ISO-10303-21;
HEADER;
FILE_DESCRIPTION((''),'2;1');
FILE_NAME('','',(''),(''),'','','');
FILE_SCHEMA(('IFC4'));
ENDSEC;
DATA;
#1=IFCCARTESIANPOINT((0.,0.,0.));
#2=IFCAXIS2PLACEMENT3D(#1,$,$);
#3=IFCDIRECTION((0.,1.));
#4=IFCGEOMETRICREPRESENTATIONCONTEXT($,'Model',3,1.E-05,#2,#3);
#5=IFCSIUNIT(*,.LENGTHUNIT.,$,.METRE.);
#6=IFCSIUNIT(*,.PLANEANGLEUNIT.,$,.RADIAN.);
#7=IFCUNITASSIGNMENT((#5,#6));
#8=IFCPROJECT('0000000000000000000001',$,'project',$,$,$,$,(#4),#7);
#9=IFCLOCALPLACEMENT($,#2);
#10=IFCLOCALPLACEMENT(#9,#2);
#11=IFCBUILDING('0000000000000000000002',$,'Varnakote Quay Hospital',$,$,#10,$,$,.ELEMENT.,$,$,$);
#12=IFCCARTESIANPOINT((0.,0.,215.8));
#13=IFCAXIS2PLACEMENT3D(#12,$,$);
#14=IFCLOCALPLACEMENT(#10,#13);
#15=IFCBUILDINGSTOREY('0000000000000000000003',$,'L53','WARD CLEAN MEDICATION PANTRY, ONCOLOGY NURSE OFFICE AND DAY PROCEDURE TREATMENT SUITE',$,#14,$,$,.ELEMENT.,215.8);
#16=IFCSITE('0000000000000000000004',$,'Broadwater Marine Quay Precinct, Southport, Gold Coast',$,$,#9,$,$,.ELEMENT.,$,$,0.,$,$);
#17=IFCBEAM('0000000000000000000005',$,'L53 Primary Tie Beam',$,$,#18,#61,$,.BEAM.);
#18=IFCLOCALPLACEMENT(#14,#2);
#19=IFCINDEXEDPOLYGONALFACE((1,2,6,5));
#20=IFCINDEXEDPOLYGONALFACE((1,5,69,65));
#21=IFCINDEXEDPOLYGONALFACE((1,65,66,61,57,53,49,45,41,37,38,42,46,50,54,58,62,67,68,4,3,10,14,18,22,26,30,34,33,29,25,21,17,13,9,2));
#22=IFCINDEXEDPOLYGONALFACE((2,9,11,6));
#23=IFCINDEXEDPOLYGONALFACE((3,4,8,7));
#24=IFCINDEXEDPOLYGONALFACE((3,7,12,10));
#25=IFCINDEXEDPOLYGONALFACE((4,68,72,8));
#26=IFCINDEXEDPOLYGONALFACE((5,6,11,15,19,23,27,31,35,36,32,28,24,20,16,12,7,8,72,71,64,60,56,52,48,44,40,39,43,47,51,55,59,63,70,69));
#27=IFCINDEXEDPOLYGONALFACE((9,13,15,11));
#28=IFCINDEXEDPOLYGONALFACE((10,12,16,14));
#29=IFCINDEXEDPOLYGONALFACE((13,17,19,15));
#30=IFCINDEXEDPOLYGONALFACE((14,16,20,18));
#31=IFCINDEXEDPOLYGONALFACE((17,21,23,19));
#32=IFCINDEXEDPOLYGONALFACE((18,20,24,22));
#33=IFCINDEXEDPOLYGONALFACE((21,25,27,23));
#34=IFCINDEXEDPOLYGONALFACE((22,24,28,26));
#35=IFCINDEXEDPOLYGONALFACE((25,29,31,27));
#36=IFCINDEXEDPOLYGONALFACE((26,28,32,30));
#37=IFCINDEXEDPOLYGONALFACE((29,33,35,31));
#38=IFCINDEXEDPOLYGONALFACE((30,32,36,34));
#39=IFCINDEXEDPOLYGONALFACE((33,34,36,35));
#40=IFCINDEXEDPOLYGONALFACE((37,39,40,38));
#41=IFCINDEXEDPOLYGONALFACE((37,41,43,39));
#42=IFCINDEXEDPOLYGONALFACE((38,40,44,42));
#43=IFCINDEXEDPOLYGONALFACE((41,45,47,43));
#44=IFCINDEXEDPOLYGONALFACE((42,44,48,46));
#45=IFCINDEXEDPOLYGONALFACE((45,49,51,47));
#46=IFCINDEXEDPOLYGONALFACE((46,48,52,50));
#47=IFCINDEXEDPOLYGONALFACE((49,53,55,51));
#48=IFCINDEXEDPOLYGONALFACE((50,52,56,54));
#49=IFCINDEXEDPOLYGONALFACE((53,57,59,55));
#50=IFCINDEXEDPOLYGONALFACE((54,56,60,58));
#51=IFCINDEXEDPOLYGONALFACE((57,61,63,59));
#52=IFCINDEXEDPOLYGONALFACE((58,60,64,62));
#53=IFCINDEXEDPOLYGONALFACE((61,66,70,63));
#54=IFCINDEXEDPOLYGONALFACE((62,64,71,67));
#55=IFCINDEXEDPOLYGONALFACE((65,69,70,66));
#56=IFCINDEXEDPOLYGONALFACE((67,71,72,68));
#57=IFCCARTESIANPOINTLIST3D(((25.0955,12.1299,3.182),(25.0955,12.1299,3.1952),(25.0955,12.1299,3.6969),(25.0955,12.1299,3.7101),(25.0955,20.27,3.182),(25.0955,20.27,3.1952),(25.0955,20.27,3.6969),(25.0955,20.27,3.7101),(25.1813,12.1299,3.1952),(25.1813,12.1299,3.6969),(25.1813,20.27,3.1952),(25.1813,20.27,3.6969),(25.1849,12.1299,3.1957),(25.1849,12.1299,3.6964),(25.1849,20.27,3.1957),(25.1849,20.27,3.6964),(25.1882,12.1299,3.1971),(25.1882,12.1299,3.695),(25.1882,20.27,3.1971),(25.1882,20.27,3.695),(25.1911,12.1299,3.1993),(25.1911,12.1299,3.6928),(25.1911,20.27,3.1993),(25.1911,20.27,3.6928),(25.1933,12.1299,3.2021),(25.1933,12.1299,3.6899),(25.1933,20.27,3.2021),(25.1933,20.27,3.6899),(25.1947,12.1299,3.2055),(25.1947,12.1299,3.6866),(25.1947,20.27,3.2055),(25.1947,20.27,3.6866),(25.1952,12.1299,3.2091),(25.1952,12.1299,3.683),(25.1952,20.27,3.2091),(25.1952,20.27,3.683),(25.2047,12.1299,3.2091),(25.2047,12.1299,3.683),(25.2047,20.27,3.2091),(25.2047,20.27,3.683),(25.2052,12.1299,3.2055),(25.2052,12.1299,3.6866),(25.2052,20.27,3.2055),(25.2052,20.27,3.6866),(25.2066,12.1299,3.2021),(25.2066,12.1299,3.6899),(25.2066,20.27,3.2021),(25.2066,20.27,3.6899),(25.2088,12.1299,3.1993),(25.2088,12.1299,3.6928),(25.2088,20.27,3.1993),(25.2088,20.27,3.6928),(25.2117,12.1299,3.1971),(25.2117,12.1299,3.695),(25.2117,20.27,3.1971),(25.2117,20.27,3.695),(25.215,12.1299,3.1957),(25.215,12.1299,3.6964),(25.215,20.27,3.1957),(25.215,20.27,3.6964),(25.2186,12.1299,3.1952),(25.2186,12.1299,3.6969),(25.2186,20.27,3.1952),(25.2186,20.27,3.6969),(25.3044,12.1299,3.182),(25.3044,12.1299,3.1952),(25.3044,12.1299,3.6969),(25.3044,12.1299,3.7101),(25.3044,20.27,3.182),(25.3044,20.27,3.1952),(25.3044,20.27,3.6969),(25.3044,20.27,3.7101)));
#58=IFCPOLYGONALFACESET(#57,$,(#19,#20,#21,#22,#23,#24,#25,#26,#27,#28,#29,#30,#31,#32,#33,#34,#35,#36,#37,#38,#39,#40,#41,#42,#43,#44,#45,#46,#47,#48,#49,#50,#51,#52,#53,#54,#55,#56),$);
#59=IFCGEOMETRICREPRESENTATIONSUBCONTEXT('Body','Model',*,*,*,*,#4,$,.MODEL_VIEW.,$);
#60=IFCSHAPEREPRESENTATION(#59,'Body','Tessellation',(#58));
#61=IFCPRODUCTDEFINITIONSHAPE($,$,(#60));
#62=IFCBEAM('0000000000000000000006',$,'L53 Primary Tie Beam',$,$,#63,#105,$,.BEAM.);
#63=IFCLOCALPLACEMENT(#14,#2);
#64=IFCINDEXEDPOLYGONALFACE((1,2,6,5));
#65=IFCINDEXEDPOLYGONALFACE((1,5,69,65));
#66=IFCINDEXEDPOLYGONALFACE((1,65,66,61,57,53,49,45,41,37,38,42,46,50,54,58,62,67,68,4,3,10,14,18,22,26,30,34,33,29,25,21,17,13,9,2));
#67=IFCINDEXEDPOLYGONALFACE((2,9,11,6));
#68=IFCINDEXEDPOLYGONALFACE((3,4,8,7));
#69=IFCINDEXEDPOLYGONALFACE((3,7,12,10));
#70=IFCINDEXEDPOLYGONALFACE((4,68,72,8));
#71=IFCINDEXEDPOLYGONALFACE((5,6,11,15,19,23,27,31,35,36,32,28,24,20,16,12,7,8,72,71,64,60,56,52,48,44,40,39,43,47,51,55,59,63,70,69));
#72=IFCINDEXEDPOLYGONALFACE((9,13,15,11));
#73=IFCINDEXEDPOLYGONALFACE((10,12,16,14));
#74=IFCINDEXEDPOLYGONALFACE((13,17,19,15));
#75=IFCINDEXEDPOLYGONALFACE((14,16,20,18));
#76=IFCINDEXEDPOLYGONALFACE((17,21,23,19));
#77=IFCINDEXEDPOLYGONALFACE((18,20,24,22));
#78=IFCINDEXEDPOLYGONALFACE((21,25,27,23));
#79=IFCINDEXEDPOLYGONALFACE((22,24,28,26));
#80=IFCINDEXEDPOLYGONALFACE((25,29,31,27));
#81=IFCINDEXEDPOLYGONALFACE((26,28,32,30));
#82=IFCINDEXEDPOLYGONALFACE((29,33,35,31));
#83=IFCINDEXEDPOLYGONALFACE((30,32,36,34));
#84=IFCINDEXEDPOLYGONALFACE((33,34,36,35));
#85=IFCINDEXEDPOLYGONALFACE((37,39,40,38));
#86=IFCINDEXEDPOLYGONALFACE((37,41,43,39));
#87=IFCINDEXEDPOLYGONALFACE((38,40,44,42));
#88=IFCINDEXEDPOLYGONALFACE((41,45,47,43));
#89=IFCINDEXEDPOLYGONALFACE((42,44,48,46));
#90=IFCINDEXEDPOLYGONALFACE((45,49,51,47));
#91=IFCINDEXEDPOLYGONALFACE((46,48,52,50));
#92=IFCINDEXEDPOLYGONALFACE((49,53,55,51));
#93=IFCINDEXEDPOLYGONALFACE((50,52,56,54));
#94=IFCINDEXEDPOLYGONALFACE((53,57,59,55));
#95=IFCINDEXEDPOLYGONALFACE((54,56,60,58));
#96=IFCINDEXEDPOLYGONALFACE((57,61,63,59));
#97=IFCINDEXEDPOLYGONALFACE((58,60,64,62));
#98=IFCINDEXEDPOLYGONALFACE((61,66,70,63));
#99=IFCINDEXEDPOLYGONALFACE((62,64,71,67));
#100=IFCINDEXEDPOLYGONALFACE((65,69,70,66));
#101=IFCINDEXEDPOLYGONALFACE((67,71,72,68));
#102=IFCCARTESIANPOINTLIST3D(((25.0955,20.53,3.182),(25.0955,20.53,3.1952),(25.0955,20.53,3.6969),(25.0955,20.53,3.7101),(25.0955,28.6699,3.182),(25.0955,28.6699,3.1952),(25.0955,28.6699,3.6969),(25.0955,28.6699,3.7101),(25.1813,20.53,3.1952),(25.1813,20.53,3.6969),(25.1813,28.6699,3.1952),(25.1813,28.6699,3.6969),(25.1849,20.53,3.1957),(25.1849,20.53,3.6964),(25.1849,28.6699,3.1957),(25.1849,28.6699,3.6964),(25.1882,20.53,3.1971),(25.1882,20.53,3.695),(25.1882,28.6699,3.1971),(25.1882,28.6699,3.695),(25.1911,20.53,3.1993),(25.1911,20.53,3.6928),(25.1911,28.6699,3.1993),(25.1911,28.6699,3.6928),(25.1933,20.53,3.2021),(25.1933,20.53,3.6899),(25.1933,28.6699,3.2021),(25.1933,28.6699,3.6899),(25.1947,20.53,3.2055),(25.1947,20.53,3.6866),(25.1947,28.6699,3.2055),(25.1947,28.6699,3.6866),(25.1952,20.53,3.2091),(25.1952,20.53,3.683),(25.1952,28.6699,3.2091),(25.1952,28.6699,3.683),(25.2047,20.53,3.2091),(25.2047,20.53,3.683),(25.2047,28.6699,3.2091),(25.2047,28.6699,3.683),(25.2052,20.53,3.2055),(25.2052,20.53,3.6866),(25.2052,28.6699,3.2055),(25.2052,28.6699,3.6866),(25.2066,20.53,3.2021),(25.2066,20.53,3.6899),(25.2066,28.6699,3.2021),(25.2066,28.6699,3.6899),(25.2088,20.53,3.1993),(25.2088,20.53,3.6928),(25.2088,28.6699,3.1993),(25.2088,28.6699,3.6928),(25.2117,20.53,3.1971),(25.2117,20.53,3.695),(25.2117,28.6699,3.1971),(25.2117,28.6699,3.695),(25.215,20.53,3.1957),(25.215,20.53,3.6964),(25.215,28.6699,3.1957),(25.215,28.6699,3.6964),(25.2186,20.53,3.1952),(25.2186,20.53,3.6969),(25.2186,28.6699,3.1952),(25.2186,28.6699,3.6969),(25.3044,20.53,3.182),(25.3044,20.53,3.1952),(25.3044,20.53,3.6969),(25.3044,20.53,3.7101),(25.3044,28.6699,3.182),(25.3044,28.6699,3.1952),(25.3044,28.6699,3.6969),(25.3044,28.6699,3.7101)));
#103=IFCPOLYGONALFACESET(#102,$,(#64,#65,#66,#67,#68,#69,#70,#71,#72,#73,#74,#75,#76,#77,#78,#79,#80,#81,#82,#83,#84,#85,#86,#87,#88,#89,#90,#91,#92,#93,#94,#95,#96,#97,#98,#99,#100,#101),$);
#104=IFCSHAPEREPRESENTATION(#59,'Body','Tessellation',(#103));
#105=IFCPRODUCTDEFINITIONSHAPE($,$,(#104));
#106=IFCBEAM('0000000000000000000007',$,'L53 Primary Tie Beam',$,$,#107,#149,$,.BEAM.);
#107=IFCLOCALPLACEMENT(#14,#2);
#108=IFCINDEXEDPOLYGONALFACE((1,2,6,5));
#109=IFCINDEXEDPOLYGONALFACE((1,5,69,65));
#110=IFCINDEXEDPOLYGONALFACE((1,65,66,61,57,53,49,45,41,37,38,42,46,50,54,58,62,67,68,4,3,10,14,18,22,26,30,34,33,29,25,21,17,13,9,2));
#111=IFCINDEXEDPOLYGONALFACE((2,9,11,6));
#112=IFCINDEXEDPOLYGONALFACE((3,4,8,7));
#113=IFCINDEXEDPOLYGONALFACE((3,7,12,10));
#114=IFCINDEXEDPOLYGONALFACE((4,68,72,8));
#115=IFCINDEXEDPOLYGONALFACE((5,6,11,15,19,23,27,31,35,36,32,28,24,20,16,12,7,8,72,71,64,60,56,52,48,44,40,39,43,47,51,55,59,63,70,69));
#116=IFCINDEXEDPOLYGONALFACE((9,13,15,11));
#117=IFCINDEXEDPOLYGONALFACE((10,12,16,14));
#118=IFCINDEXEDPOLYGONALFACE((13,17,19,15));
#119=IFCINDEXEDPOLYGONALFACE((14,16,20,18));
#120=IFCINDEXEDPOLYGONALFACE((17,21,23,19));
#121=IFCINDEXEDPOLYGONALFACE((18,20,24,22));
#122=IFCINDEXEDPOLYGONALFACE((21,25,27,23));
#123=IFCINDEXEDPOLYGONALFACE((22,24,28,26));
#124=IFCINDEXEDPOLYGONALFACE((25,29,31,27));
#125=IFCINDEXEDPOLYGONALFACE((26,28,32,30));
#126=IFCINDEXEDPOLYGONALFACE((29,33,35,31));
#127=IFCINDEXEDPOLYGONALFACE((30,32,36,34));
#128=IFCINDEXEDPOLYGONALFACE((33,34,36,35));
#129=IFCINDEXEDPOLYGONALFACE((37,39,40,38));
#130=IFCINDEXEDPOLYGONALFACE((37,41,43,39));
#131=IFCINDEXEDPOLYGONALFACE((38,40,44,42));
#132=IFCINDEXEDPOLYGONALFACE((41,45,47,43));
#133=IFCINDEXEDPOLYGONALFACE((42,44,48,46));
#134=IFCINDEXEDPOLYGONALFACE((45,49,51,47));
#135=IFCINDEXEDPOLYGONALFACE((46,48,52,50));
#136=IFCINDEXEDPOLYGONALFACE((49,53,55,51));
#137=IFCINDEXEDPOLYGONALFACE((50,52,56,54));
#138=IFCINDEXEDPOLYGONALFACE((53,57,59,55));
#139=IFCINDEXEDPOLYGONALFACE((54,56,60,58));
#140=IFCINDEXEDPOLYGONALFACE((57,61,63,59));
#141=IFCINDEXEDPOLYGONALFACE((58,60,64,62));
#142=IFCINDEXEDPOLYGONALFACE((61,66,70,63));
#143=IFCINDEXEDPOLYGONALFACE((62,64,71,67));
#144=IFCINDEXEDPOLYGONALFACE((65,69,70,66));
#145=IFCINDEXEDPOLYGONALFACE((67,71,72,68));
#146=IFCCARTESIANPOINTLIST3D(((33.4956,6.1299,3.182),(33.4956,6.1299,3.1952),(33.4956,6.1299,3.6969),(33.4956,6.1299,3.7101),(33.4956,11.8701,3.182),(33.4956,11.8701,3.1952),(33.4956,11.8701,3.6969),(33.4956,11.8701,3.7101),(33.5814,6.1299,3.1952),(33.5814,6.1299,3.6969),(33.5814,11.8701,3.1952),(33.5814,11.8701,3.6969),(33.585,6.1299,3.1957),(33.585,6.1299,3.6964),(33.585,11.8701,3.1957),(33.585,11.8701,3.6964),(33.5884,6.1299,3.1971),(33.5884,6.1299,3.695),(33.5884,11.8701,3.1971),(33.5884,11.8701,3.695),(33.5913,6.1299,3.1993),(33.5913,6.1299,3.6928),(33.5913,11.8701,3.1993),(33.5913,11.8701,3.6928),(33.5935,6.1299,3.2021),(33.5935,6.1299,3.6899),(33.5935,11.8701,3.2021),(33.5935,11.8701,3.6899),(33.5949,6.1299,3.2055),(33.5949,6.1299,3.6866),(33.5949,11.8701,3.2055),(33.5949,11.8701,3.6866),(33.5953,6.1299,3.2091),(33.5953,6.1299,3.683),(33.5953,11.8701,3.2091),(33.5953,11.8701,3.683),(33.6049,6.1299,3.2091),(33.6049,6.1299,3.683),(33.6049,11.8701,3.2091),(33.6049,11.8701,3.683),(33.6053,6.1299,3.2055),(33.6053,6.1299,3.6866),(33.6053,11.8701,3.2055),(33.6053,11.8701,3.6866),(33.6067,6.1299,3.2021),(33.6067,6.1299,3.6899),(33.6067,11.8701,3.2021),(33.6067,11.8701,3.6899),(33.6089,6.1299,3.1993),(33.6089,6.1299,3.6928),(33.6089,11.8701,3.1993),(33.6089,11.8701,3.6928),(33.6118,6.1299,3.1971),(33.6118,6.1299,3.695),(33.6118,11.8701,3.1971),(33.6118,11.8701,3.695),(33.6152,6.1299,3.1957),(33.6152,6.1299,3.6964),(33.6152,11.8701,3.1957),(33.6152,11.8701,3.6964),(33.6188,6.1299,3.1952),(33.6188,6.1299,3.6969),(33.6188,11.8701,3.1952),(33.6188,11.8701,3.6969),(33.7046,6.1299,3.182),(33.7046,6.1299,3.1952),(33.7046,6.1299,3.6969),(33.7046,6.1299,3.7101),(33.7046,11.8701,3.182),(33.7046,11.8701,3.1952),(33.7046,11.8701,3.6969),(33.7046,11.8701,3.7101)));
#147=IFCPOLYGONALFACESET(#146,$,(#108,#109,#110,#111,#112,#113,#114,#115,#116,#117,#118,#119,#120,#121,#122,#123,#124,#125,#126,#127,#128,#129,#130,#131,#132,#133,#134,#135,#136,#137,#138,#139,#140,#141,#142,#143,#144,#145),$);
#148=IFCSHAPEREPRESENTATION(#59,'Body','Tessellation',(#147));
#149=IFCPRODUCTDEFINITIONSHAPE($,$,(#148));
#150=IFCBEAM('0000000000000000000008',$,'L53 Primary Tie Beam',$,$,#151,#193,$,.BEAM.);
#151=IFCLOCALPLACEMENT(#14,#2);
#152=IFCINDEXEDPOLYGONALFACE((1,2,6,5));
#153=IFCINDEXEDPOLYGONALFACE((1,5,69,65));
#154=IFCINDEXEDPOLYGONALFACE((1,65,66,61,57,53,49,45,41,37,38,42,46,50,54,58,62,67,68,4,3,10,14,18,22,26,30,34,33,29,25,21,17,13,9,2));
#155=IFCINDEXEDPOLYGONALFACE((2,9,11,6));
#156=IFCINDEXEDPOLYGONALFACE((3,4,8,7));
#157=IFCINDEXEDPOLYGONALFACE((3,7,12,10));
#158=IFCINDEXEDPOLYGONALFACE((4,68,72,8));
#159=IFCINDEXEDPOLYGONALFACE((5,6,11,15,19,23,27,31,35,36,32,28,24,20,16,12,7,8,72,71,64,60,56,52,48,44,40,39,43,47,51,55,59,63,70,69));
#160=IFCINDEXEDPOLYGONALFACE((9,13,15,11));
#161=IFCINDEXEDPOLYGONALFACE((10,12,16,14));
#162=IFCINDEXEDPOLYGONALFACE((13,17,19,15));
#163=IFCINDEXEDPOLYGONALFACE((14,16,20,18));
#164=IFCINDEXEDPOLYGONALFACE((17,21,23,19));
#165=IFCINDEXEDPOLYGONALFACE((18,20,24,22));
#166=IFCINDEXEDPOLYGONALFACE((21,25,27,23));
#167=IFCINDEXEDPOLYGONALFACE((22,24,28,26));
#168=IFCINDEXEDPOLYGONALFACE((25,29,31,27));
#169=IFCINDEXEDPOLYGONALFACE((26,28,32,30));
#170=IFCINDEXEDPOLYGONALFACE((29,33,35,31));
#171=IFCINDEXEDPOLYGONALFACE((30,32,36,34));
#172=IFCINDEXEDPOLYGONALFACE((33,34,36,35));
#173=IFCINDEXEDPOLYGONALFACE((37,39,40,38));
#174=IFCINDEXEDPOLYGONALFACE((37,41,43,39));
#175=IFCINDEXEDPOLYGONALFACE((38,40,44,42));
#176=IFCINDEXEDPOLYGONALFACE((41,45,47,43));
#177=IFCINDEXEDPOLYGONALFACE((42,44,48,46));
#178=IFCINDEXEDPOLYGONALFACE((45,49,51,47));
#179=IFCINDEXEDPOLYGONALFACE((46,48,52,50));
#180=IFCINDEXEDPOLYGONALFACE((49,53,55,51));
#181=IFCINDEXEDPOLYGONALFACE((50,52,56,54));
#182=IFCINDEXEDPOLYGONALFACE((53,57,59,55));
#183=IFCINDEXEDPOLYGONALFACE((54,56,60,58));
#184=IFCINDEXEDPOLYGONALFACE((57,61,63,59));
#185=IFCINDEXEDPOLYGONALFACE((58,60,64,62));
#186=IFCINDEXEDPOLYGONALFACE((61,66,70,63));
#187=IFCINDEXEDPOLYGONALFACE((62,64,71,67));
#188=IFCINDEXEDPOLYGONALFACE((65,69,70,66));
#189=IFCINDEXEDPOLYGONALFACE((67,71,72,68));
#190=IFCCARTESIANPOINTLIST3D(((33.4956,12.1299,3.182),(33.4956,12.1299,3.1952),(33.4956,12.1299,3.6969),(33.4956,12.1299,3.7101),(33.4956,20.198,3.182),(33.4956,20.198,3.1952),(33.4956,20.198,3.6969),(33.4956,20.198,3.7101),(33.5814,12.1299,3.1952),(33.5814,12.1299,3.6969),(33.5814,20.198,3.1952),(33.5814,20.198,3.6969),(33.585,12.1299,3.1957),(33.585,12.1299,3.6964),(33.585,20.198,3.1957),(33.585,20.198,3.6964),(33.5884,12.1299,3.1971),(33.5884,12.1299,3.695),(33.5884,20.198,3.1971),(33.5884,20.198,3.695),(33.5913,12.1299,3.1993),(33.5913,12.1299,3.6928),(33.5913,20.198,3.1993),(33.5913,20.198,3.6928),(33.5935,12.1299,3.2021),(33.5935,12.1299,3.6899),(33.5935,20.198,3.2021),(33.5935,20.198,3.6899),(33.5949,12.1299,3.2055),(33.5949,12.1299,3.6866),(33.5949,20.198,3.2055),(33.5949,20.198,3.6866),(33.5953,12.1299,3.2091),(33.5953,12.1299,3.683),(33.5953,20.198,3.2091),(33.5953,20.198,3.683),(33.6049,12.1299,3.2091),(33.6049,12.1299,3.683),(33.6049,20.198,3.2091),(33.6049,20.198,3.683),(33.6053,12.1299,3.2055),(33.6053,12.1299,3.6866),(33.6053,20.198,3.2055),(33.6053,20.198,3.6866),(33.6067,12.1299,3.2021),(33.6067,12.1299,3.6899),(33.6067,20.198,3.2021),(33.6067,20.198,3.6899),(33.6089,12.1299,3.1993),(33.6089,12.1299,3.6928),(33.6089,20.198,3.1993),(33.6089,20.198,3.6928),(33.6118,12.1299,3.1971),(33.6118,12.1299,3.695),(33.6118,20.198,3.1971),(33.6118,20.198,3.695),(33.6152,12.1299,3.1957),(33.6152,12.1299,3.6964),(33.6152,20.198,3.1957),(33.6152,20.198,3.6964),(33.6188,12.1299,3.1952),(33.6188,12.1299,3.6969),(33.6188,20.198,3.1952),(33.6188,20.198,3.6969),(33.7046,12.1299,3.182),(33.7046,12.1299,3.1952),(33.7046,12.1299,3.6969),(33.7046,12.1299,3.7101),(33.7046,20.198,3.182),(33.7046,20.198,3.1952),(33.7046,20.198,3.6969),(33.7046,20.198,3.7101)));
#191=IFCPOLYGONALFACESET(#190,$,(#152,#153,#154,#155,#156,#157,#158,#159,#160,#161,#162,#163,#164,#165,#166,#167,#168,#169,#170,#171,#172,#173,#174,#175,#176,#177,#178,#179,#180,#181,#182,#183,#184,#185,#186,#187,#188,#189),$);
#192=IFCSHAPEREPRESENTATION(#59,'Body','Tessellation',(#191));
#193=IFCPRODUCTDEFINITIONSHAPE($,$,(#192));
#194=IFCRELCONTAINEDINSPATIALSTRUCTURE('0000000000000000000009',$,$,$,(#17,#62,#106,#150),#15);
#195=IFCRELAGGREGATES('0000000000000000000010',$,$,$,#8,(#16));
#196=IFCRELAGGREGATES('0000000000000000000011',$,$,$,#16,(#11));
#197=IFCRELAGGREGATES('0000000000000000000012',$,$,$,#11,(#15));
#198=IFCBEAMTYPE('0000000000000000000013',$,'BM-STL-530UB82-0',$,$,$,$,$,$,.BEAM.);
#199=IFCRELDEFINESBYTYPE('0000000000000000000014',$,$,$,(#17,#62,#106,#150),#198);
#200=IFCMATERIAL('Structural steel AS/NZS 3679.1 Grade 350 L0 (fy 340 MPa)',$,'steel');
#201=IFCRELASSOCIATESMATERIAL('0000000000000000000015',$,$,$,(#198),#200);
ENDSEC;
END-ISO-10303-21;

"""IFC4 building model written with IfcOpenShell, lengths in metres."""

from ifc_helpers import new_model, si_unit, direction, frame, origin, origin_2d, place, context, subcontext, project, spatial, i_section, extrude, material, material_profile, profile_set, type_object, element, save


model = new_model("IFC4")

# Units and contexts
model_context = context("Model", 3, precision=1e-05, world=origin(), true_north=direction((0.0, 1.0)))
body_context = subcontext(model_context, "Body", "Model", "MODEL_VIEW")
ifc_project = project(units=[si_unit("LENGTHUNIT", "METRE"), si_unit("PLANEANGLEUNIT", "RADIAN")], contexts=[model_context])

# Site, building, storey
site_placement = place(None, origin())
site = spatial("IfcSite", under=ifc_project, at=site_placement, Name="Broadwater Marine Quay Precinct, Southport, Gold Coast", CompositionType="ELEMENT", RefElevation=0.0)
building_placement = place(site_placement, origin())
building = spatial("IfcBuilding", under=site, at=building_placement, Name="Varnakote Quay Hospital", CompositionType="ELEMENT")
storey_placement = place(building_placement, frame((0.0, 0.0, 215.8)))
storey = spatial("IfcBuildingStorey", under=building, at=storey_placement, Name="L53", Description="WARD CLEAN MEDICATION PANTRY, ONCOLOGY NURSE OFFICE AND DAY PROCEDURE TREATMENT SUITE", CompositionType="ELEMENT", Elevation=215.8)

# Beams
ifc_material_1 = material(Name="Structural steel AS/NZS 3679.1 Grade 350 L0 (fy 340 MPa)", Category="steel")
ifc_material_profile_1 = material_profile(ifc_material_1, i_section(OverallWidth=0.209, OverallDepth=0.5281, WebThickness=0.0095, FlangeThickness=0.0132, FilletRadius=0.0139, at=origin_2d()), Name="530UB82.0")
ifc_profile_set_1 = profile_set([ifc_material_profile_1], Name="Structural steel AS/NZS 3679.1 Grade 350 L0 (fy 340 MPa)")
beam_type_1 = type_object("IfcBeamType", Name="BM-STL-530UB82-0", PredefinedType="BEAM", material=ifc_profile_set_1)
beam_1_placement = place(storey_placement, frame((25.2, 12.1299, 3.446), z_axis=(0.0, 1.0, 0.0), x_axis=(-1.0, 0.0, 0.0)))
element("IfcBeam", 1, at=beam_1_placement, inside=storey, type_object=beam_type_1, Name="L53 Primary Tie Beam", PredefinedType="BEAM", context=body_context, shape_type="SweptSolid", body=[
    extrude(i_section(OverallWidth=0.209, OverallDepth=0.5281, WebThickness=0.0095, FlangeThickness=0.0132, FilletRadius=0.0139, at=origin_2d()), origin(), (0.0, 0.0, 1.0), 8.1401),
])
beam_2_placement = place(storey_placement, frame((25.2, 20.53, 3.446), z_axis=(0.0, 1.0, 0.0), x_axis=(-1.0, 0.0, 0.0)))
element("IfcBeam", 2, at=beam_2_placement, inside=storey, type_object=beam_type_1, Name="L53 Primary Tie Beam", PredefinedType="BEAM", context=body_context, shape_type="SweptSolid", body=[
    extrude(i_section(OverallWidth=0.209, OverallDepth=0.5281, WebThickness=0.0095, FlangeThickness=0.0132, FilletRadius=0.0139, at=origin_2d()), origin(), (0.0, 0.0, 1.0), 8.1399),
])
beam_3_placement = place(storey_placement, frame((33.6001, 6.1299, 3.446), z_axis=(0.0, 1.0, 0.0), x_axis=(-1.0, 0.0, 0.0)))
element("IfcBeam", 3, at=beam_3_placement, inside=storey, type_object=beam_type_1, Name="L53 Primary Tie Beam", PredefinedType="BEAM", context=body_context, shape_type="SweptSolid", body=[
    extrude(i_section(OverallWidth=0.209, OverallDepth=0.5281, WebThickness=0.0095, FlangeThickness=0.0132, FilletRadius=0.0139, at=origin_2d()), origin(), (0.0, 0.0, 1.0), 5.7402),
])
beam_4_placement = place(storey_placement, frame((33.6001, 12.1299, 3.446), z_axis=(0.0, 1.0, 0.0), x_axis=(-1.0, 0.0, 0.0)))
element("IfcBeam", 4, at=beam_4_placement, inside=storey, type_object=beam_type_1, Name="L53 Primary Tie Beam", PredefinedType="BEAM", context=body_context, shape_type="SweptSolid", body=[
    extrude(i_section(OverallWidth=0.209, OverallDepth=0.5281, WebThickness=0.0095, FlangeThickness=0.0132, FilletRadius=0.0139, at=origin_2d()), origin(), (0.0, 0.0, 1.0), 8.0681),
])

save(model, "model.ifc")
